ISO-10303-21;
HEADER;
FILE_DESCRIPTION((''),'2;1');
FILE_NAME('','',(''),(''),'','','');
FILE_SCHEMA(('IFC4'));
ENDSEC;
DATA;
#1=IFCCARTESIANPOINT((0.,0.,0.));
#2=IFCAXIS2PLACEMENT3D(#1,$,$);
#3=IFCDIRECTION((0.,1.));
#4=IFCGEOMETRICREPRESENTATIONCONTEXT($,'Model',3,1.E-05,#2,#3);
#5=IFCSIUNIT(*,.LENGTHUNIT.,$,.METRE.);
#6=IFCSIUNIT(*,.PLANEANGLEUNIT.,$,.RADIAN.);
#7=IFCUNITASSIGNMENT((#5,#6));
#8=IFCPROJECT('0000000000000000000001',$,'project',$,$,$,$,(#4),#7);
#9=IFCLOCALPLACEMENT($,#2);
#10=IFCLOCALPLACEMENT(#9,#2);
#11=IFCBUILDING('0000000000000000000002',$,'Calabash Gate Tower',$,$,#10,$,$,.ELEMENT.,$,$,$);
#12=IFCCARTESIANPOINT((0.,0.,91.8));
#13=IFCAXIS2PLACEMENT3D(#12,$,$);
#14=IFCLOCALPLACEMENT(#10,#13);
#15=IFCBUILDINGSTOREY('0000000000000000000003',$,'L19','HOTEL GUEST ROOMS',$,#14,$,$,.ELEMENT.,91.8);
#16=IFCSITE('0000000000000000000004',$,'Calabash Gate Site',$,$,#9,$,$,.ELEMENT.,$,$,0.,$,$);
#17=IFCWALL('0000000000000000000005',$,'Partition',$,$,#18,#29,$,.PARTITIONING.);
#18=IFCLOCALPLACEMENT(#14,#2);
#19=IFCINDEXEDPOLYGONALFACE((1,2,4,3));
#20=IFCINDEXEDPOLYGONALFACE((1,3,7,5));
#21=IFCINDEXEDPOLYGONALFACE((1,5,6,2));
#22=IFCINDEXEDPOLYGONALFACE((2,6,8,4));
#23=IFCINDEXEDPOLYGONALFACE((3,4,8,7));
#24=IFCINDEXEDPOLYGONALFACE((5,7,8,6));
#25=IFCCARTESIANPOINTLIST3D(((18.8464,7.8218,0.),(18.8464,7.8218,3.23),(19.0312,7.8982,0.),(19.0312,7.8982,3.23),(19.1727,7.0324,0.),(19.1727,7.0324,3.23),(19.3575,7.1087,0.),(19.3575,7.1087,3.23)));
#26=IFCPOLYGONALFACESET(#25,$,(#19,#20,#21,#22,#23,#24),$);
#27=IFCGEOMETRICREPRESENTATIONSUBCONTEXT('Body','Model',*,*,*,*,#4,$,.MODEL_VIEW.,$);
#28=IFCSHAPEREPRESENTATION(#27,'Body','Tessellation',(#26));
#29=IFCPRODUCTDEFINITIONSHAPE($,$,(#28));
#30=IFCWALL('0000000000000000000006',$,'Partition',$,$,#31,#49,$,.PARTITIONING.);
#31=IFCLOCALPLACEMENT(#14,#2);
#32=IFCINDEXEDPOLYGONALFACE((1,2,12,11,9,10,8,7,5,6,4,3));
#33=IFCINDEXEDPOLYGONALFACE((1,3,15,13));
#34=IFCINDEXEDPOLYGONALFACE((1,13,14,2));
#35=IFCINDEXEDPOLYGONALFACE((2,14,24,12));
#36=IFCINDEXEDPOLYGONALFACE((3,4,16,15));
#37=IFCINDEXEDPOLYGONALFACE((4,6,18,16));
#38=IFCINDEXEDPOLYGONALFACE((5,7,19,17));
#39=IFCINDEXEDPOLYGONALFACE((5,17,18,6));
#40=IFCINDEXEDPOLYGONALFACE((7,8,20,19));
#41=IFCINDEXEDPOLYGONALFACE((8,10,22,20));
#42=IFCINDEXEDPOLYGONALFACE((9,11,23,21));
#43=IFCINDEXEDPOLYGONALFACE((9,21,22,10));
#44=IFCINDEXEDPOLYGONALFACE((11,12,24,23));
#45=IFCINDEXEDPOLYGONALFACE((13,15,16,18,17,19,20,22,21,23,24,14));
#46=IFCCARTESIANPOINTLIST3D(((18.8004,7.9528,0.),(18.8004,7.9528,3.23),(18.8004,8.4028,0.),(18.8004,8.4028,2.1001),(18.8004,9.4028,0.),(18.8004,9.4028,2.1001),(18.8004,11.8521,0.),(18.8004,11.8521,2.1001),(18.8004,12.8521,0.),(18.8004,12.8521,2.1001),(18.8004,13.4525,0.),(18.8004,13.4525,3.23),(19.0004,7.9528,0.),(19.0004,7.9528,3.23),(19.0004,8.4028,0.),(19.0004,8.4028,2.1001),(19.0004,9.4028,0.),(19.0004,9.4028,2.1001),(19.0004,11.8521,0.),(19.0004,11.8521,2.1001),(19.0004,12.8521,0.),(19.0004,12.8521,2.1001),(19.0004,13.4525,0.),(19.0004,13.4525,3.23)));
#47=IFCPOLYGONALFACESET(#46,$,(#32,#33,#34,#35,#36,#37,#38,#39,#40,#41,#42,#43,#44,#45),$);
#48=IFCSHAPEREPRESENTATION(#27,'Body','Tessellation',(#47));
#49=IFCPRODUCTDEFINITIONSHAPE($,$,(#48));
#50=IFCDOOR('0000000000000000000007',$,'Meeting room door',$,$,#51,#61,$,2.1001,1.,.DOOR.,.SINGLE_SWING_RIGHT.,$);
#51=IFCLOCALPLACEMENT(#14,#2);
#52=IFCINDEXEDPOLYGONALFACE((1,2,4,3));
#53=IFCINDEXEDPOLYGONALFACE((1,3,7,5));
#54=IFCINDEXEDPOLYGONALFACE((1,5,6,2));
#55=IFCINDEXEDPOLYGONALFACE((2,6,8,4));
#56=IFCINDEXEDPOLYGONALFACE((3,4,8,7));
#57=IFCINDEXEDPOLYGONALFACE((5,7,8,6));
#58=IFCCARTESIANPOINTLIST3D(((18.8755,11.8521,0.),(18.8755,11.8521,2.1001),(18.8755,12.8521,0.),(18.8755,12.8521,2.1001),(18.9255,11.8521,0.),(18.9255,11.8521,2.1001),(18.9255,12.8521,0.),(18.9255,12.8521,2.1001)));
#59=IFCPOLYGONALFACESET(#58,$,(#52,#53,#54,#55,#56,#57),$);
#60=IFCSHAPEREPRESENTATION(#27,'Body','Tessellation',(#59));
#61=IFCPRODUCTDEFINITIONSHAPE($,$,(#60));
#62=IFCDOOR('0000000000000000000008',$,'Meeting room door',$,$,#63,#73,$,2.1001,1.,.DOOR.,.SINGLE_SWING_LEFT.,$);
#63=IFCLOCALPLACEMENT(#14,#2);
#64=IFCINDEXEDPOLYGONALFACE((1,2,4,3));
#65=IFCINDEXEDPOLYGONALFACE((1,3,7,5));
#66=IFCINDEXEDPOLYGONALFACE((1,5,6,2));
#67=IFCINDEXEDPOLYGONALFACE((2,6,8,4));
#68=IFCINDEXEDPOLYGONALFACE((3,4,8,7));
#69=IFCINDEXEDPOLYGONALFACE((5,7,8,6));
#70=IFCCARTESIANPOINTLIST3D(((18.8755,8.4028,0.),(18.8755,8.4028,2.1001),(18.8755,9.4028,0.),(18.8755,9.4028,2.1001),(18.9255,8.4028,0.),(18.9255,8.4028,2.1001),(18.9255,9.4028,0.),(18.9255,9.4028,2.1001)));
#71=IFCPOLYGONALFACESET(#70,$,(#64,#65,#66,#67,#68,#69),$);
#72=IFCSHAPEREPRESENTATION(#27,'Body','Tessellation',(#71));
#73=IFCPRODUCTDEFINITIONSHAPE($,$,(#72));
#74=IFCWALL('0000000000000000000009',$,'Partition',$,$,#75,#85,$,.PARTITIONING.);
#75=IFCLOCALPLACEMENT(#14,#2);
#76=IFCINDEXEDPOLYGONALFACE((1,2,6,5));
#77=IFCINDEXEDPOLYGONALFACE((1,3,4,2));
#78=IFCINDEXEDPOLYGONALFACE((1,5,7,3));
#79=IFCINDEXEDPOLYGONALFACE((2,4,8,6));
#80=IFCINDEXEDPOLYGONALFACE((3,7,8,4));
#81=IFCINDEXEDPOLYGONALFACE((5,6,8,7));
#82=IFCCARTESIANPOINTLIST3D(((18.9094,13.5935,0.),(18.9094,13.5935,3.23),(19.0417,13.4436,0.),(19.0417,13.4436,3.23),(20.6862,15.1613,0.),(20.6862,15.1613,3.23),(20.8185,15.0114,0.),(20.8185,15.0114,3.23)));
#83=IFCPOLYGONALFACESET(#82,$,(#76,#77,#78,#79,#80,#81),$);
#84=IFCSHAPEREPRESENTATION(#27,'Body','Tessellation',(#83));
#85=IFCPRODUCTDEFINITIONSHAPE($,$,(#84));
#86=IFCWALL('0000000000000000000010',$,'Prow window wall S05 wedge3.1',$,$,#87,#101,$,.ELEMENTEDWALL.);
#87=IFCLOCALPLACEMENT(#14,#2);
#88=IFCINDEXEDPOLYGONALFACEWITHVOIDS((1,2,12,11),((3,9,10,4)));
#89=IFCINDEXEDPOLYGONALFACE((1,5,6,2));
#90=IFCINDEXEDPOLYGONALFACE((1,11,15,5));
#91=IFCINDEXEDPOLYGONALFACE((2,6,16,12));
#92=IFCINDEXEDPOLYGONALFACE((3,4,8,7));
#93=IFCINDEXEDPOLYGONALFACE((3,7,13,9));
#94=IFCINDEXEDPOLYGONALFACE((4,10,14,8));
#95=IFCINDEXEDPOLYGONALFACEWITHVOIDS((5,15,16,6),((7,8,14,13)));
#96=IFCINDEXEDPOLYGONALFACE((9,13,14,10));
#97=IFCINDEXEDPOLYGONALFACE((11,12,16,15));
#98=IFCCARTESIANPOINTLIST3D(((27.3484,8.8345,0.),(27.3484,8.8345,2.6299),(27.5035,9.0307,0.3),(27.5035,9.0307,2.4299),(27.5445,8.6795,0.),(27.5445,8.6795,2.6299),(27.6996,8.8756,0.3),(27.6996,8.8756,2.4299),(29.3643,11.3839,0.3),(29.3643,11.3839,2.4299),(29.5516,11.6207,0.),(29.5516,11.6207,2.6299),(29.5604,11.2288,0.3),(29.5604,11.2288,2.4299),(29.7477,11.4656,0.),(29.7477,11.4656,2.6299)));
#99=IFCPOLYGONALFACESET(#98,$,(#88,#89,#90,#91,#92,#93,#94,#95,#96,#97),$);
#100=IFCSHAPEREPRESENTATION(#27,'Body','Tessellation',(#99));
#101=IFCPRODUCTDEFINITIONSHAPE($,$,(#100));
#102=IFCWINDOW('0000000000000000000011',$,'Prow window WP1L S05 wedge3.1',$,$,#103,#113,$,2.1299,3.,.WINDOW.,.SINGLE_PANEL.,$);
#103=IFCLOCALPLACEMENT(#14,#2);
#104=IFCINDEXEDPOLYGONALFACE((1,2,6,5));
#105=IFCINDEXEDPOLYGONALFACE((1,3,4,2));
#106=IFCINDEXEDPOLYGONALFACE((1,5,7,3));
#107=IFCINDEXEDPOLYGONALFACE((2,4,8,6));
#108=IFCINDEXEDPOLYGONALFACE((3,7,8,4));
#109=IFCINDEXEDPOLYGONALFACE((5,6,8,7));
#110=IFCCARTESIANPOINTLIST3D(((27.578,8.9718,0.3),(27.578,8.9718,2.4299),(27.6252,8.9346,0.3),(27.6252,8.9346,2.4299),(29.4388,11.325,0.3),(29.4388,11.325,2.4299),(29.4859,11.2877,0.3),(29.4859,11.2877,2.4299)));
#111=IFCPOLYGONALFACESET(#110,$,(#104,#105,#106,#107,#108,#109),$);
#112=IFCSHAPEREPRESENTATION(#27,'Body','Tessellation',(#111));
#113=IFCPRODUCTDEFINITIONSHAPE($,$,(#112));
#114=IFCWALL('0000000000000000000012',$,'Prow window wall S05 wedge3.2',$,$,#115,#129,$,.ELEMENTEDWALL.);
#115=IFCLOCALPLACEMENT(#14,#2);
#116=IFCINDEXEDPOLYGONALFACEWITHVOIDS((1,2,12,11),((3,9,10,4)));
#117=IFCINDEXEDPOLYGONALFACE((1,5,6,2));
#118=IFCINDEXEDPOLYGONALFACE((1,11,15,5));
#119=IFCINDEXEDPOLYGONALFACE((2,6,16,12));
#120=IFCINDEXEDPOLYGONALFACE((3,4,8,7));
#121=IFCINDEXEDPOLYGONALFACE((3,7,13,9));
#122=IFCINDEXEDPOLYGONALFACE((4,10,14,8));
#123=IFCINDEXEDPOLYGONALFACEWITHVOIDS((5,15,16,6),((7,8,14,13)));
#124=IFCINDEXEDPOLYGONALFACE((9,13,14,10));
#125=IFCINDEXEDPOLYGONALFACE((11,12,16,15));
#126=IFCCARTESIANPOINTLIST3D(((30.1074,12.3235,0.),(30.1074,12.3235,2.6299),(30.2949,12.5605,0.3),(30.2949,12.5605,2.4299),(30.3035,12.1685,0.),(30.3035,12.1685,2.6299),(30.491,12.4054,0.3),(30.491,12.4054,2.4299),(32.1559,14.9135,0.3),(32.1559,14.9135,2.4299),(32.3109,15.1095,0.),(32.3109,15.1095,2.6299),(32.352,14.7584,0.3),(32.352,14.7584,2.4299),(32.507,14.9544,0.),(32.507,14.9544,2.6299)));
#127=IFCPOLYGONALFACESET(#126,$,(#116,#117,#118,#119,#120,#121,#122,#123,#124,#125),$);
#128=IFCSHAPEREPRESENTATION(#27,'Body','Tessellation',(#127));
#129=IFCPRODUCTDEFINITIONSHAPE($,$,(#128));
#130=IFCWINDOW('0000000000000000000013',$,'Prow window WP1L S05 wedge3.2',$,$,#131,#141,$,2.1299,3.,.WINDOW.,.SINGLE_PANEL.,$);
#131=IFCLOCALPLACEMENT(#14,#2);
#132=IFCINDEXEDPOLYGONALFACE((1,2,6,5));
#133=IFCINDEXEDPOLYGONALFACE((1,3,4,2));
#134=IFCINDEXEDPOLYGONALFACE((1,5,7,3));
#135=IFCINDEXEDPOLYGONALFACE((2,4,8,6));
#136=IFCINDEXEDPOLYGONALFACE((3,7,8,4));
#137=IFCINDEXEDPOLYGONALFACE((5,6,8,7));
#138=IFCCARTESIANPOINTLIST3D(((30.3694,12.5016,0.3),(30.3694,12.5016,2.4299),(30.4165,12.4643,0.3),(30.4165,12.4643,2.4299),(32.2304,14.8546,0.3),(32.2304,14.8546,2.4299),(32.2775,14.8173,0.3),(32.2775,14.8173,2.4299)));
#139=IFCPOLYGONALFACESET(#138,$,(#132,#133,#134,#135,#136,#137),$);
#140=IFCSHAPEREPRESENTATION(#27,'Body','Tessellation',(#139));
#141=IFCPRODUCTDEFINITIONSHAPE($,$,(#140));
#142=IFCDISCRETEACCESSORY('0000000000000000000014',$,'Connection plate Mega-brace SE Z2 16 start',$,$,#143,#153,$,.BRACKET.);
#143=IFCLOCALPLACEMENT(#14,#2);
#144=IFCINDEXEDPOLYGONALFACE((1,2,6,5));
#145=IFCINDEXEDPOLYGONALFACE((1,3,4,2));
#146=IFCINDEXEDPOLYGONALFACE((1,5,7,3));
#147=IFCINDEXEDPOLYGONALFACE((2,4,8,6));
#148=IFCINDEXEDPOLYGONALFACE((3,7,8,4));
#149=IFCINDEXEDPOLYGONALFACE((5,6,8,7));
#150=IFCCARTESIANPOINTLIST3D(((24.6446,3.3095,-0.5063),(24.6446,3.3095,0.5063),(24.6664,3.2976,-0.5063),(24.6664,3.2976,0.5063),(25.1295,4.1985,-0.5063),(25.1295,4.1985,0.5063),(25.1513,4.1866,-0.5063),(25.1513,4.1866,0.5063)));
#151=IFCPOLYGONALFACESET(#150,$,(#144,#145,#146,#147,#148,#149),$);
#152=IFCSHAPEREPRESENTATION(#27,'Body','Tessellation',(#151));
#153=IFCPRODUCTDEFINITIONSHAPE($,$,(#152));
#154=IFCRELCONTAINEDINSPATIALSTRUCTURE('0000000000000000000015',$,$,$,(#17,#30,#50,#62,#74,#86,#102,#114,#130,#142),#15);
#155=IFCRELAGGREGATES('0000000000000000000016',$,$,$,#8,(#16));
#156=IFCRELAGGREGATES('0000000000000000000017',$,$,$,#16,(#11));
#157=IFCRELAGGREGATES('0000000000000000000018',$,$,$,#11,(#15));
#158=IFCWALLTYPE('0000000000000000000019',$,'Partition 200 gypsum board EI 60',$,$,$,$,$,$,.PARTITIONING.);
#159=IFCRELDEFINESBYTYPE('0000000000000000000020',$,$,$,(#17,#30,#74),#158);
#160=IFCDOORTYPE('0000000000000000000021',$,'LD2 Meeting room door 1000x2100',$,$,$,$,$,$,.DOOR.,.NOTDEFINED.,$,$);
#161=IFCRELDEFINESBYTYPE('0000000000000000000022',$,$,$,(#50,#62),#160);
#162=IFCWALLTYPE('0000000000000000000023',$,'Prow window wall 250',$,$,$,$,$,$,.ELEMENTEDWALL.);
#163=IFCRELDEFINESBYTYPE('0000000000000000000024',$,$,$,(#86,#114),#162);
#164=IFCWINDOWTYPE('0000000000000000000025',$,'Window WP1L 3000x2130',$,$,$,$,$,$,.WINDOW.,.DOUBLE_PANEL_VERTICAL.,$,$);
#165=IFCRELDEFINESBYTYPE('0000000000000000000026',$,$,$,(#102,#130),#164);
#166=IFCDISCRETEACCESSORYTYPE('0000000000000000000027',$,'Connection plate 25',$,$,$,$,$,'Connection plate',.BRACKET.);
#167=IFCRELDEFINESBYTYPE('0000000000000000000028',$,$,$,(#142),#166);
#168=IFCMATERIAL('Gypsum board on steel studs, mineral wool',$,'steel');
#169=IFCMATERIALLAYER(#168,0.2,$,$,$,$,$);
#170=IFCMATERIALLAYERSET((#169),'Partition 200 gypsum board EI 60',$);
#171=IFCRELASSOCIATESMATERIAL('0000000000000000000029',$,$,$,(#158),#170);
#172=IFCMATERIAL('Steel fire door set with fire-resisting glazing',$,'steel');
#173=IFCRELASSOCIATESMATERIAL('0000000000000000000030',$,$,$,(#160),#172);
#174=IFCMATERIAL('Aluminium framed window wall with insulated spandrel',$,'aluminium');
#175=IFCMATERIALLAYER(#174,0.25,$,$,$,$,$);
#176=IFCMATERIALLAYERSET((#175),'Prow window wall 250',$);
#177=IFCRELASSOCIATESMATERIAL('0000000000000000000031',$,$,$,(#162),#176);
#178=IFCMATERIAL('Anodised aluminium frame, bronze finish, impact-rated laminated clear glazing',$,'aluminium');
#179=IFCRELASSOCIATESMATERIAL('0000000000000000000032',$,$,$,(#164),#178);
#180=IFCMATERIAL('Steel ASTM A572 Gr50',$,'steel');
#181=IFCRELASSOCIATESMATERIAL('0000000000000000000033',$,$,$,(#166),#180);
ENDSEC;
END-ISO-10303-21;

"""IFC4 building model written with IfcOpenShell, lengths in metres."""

from ifc_helpers import new_model, si_unit, direction, frame, frame_2d, origin, origin_2d, place, context, subcontext, project, spatial, rectangle, extrude, material, layer, layer_set, type_object, element, fill, save


model = new_model("IFC4")

# Units and contexts
model_context = context("Model", 3, precision=1e-05, world=origin(), true_north=direction((0.0, 1.0)))
body_context = subcontext(model_context, "Body", "Model", "MODEL_VIEW")
ifc_project = project(units=[si_unit("LENGTHUNIT", "METRE"), si_unit("PLANEANGLEUNIT", "RADIAN")], contexts=[model_context])

# Site, building, storey
site_placement = place(None, origin())
site = spatial("IfcSite", under=ifc_project, at=site_placement, Name="Calabash Gate Site", CompositionType="ELEMENT", RefElevation=0.0)
building_placement = place(site_placement, origin())
building = spatial("IfcBuilding", under=site, at=building_placement, Name="Calabash Gate Tower", CompositionType="ELEMENT")
storey_placement = place(building_placement, frame((0.0, 0.0, 91.8)))
storey = spatial("IfcBuildingStorey", under=building, at=storey_placement, Name="L19", Description="HOTEL GUEST ROOMS", CompositionType="ELEMENT", Elevation=91.8)

# Wall
ifc_material_1 = material(Name="Gypsum board on steel studs, mineral wool", Category="steel")
ifc_layer_1 = layer(ifc_material_1, 0.2)
ifc_layer_set_1 = layer_set([ifc_layer_1], Name="Partition 200 gypsum board EI 60")
wall_type_1 = type_object("IfcWallType", Name="Partition 200 gypsum board EI 60", PredefinedType="PARTITIONING", material=ifc_layer_set_1)
wall_1_placement = place(storey_placement, frame((18.9387, 7.8601, 0.0), z_axis=(0.0, 0.0, 1.0), x_axis=(0.382057, -0.924139, 0.0)))
element("IfcWall", 1, at=wall_1_placement, inside=storey, type_object=wall_type_1, Name="Partition", PredefinedType="PARTITIONING", context=body_context, shape_type="SweptSolid", body=[
    extrude(rectangle(XDim=0.8542, YDim=0.2, at=frame_2d((0.4272, 0.0))), origin(), (0.0, 0.0, 1.0), 3.23),
])

# Wall, openings, doors
wall_2_placement = place(storey_placement, frame((18.9004, 7.9526, 0.0), z_axis=(0.0, 0.0, 1.0), x_axis=(0.0, 1.0, 0.0)))
wall_2 = element("IfcWall", 2, at=wall_2_placement, inside=storey, type_object=wall_type_1, Name="Partition", PredefinedType="PARTITIONING", context=body_context, shape_type="SweptSolid", body=[
    extrude(rectangle(XDim=5.4998, YDim=0.2, at=frame_2d((2.75, 0.0))), origin(), (0.0, 0.0, 1.0), 3.23),
])
opening_1_placement = place(wall_2_placement, frame((3.8994, 0.0, 0.0)))
opening_1 = element("IfcOpeningElement", 3, at=opening_1_placement, cuts=wall_2, PredefinedType="OPENING", context=body_context, shape_type="SweptSolid", body=[
    extrude(rectangle(XDim=1.0, YDim=2.1001, at=frame_2d((0.5, 1.05))), frame((0.0, 0.1099, 0.0), z_axis=(0.0, -1.0, 0.0), x_axis=(1.0, 0.0, 0.0)), (0.0, 0.0, 1.0), 0.22),
])
opening_2_placement = place(wall_2_placement, frame((0.4502, 0.0, 0.0)))
opening_2 = element("IfcOpeningElement", 4, at=opening_2_placement, cuts=wall_2, PredefinedType="OPENING", context=body_context, shape_type="SweptSolid", body=[
    extrude(rectangle(XDim=1.0, YDim=2.1001, at=frame_2d((0.5, 1.05))), frame((0.0, 0.1099, 0.0), z_axis=(0.0, -1.0, 0.0), x_axis=(1.0, 0.0, 0.0)), (0.0, 0.0, 1.0), 0.22),
])
ifc_material_2 = material(Name="Steel fire door set with fire-resisting glazing", Category="steel")
door_type = type_object("IfcDoorType", Name="LD2 Meeting room door 1000x2100", OperationType="NOTDEFINED", PredefinedType="DOOR", material=ifc_material_2)
door_1_placement = place(opening_1_placement, origin())
door_1 = element("IfcDoor", 5, at=door_1_placement, inside=storey, type_object=door_type, Name="Meeting room door", OperationType="SINGLE_SWING_RIGHT", OverallHeight=2.1001, OverallWidth=1.0, PredefinedType="DOOR", context=body_context, shape_type="SweptSolid", body=[
    extrude(rectangle(XDim=1.0, YDim=2.1001, at=frame_2d((0.5, 1.05))), frame((0.0, 0.0249, 0.0), z_axis=(0.0, -1.0, 0.0), x_axis=(1.0, 0.0, 0.0)), (0.0, 0.0, 1.0), 0.05),
])
fill(opening_1, door_1)
door_2_placement = place(opening_2_placement, origin())
door_2 = element("IfcDoor", 6, at=door_2_placement, inside=storey, type_object=door_type, Name="Meeting room door", OperationType="SINGLE_SWING_LEFT", OverallHeight=2.1001, OverallWidth=1.0, PredefinedType="DOOR", context=body_context, shape_type="SweptSolid", body=[
    extrude(rectangle(XDim=1.0, YDim=2.1001, at=frame_2d((0.5, 1.05))), frame((0.0, 0.0249, 0.0), z_axis=(0.0, -1.0, 0.0), x_axis=(1.0, 0.0, 0.0)), (0.0, 0.0, 1.0), 0.05),
])
fill(opening_2, door_2)

# Wall
wall_3_placement = place(storey_placement, frame((18.9756, 13.5186, 0.0), z_axis=(0.0, 0.0, 1.0), x_axis=(0.749826, 0.661635, 0.0)))
element("IfcWall", 7, at=wall_3_placement, inside=storey, type_object=wall_type_1, Name="Partition", PredefinedType="PARTITIONING", context=body_context, shape_type="SweptSolid", body=[
    extrude(rectangle(XDim=2.3696, YDim=0.2, at=frame_2d((1.1848, 0.0))), origin(), (0.0, 0.0, 1.0), 3.23),
])

# Walls, openings, windows
ifc_material_3 = material(Name="Aluminium framed window wall with insulated spandrel", Category="aluminium")
ifc_layer_2 = layer(ifc_material_3, 0.25)
ifc_layer_set_2 = layer_set([ifc_layer_2], Name="Prow window wall 250")
wall_type_2 = type_object("IfcWallType", Name="Prow window wall 250", PredefinedType="ELEMENTEDWALL", material=ifc_layer_set_2)
wall_4_placement = place(storey_placement, frame((27.4465, 8.7571, 0.0), z_axis=(0.0, 0.0, 1.0), x_axis=(0.620259, 0.784397, 0.0)))
wall_4 = element("IfcWall", 8, at=wall_4_placement, inside=storey, type_object=wall_type_2, Name="Prow window wall S05 wedge3.1", PredefinedType="ELEMENTEDWALL", context=body_context, shape_type="SweptSolid", body=[
    extrude(rectangle(XDim=3.552, YDim=0.25, at=frame_2d((1.7759, 0.0))), origin(), (0.0, 0.0, 1.0), 2.6299),
])
opening_3_placement = place(wall_4_placement, frame((0.25, 0.0, 0.3)))
opening_3 = element("IfcOpeningElement", 9, at=opening_3_placement, cuts=wall_4, PredefinedType="OPENING", context=body_context, shape_type="SweptSolid", body=[
    extrude(rectangle(XDim=3.0, YDim=2.1299, at=frame_2d((1.5, 1.0649))), frame((0.0, 0.135, 0.0), z_axis=(0.0, -1.0, 0.0), x_axis=(1.0, 0.0, 0.0)), (0.0, 0.0, 1.0), 0.27),
])
ifc_material_4 = material(Name="Anodised aluminium frame, bronze finish, impact-rated laminated clear glazing", Category="aluminium")
window_type = type_object("IfcWindowType", Name="Window WP1L 3000x2130", PartitioningType="DOUBLE_PANEL_VERTICAL", PredefinedType="WINDOW", material=ifc_material_4)
window_1_placement = place(opening_3_placement, origin())
window_1 = element("IfcWindow", 10, at=window_1_placement, inside=storey, type_object=window_type, Name="Prow window WP1L S05 wedge3.1", OverallHeight=2.1299, OverallWidth=3.0, PartitioningType="SINGLE_PANEL", PredefinedType="WINDOW", context=body_context, shape_type="SweptSolid", body=[
    extrude(rectangle(XDim=3.0, YDim=2.1299, at=frame_2d((1.5, 1.0649))), frame((0.0, 0.03, 0.0), z_axis=(0.0, -1.0, 0.0), x_axis=(1.0, 0.0, 0.0)), (0.0, 0.0, 1.0), 0.0601),
])
fill(opening_3, window_1)
wall_5_placement = place(storey_placement, frame((30.2056, 12.2461, 0.0), z_axis=(0.0, 0.0, 1.0), x_axis=(0.620335, 0.784337, 0.0)))
wall_5 = element("IfcWall", 11, at=wall_5_placement, inside=storey, type_object=wall_type_2, Name="Prow window wall S05 wedge3.2", PredefinedType="ELEMENTEDWALL", context=body_context, shape_type="SweptSolid", body=[
    extrude(rectangle(XDim=3.552, YDim=0.25, at=frame_2d((1.7759, 0.0))), origin(), (0.0, 0.0, 1.0), 2.6299),
])
opening_4_placement = place(wall_5_placement, frame((0.302, 0.0, 0.3)))
opening_4 = element("IfcOpeningElement", 12, at=opening_4_placement, cuts=wall_5, PredefinedType="OPENING", context=body_context, shape_type="SweptSolid", body=[
    extrude(rectangle(XDim=3.0, YDim=2.1299, at=frame_2d((1.5, 1.0649))), frame((0.0, 0.135, 0.0), z_axis=(0.0, -1.0, 0.0), x_axis=(1.0, 0.0, 0.0)), (0.0, 0.0, 1.0), 0.27),
])
window_2_placement = place(opening_4_placement, origin())
window_2 = element("IfcWindow", 13, at=window_2_placement, inside=storey, type_object=window_type, Name="Prow window WP1L S05 wedge3.2", OverallHeight=2.1299, OverallWidth=3.0, PartitioningType="SINGLE_PANEL", PredefinedType="WINDOW", context=body_context, shape_type="SweptSolid", body=[
    extrude(rectangle(XDim=3.0, YDim=2.1299, at=frame_2d((1.5, 1.0649))), frame((0.0, 0.03, 0.0), z_axis=(0.0, -1.0, 0.0), x_axis=(1.0, 0.0, 0.0)), (0.0, 0.0, 1.0), 0.0601),
])
fill(opening_4, window_2)

# Discrete accessory
ifc_material_5 = material(Name="Steel ASTM A572 Gr50", Category="steel")
discrete_accessory_type = type_object("IfcDiscreteAccessoryType", Name="Connection plate 25", ElementType="Connection plate", PredefinedType="BRACKET", material=ifc_material_5)
discrete_accessory_placement = place(storey_placement, frame((24.8979, 3.748, -0.5063), z_axis=(0.0, 0.0, 1.0), x_axis=(-0.478857, -0.877893, 0.0)))
element("IfcDiscreteAccessory", 14, at=discrete_accessory_placement, inside=storey, type_object=discrete_accessory_type, Name="Connection plate Mega-brace SE Z2 16 start", PredefinedType="BRACKET", context=body_context, shape_type="SweptSolid", body=[
    extrude(rectangle(XDim=1.0127, YDim=0.0249, at=origin_2d()), origin(), (0.0, 0.0, 1.0), 1.0127),
])

save(model, "model.ifc")
